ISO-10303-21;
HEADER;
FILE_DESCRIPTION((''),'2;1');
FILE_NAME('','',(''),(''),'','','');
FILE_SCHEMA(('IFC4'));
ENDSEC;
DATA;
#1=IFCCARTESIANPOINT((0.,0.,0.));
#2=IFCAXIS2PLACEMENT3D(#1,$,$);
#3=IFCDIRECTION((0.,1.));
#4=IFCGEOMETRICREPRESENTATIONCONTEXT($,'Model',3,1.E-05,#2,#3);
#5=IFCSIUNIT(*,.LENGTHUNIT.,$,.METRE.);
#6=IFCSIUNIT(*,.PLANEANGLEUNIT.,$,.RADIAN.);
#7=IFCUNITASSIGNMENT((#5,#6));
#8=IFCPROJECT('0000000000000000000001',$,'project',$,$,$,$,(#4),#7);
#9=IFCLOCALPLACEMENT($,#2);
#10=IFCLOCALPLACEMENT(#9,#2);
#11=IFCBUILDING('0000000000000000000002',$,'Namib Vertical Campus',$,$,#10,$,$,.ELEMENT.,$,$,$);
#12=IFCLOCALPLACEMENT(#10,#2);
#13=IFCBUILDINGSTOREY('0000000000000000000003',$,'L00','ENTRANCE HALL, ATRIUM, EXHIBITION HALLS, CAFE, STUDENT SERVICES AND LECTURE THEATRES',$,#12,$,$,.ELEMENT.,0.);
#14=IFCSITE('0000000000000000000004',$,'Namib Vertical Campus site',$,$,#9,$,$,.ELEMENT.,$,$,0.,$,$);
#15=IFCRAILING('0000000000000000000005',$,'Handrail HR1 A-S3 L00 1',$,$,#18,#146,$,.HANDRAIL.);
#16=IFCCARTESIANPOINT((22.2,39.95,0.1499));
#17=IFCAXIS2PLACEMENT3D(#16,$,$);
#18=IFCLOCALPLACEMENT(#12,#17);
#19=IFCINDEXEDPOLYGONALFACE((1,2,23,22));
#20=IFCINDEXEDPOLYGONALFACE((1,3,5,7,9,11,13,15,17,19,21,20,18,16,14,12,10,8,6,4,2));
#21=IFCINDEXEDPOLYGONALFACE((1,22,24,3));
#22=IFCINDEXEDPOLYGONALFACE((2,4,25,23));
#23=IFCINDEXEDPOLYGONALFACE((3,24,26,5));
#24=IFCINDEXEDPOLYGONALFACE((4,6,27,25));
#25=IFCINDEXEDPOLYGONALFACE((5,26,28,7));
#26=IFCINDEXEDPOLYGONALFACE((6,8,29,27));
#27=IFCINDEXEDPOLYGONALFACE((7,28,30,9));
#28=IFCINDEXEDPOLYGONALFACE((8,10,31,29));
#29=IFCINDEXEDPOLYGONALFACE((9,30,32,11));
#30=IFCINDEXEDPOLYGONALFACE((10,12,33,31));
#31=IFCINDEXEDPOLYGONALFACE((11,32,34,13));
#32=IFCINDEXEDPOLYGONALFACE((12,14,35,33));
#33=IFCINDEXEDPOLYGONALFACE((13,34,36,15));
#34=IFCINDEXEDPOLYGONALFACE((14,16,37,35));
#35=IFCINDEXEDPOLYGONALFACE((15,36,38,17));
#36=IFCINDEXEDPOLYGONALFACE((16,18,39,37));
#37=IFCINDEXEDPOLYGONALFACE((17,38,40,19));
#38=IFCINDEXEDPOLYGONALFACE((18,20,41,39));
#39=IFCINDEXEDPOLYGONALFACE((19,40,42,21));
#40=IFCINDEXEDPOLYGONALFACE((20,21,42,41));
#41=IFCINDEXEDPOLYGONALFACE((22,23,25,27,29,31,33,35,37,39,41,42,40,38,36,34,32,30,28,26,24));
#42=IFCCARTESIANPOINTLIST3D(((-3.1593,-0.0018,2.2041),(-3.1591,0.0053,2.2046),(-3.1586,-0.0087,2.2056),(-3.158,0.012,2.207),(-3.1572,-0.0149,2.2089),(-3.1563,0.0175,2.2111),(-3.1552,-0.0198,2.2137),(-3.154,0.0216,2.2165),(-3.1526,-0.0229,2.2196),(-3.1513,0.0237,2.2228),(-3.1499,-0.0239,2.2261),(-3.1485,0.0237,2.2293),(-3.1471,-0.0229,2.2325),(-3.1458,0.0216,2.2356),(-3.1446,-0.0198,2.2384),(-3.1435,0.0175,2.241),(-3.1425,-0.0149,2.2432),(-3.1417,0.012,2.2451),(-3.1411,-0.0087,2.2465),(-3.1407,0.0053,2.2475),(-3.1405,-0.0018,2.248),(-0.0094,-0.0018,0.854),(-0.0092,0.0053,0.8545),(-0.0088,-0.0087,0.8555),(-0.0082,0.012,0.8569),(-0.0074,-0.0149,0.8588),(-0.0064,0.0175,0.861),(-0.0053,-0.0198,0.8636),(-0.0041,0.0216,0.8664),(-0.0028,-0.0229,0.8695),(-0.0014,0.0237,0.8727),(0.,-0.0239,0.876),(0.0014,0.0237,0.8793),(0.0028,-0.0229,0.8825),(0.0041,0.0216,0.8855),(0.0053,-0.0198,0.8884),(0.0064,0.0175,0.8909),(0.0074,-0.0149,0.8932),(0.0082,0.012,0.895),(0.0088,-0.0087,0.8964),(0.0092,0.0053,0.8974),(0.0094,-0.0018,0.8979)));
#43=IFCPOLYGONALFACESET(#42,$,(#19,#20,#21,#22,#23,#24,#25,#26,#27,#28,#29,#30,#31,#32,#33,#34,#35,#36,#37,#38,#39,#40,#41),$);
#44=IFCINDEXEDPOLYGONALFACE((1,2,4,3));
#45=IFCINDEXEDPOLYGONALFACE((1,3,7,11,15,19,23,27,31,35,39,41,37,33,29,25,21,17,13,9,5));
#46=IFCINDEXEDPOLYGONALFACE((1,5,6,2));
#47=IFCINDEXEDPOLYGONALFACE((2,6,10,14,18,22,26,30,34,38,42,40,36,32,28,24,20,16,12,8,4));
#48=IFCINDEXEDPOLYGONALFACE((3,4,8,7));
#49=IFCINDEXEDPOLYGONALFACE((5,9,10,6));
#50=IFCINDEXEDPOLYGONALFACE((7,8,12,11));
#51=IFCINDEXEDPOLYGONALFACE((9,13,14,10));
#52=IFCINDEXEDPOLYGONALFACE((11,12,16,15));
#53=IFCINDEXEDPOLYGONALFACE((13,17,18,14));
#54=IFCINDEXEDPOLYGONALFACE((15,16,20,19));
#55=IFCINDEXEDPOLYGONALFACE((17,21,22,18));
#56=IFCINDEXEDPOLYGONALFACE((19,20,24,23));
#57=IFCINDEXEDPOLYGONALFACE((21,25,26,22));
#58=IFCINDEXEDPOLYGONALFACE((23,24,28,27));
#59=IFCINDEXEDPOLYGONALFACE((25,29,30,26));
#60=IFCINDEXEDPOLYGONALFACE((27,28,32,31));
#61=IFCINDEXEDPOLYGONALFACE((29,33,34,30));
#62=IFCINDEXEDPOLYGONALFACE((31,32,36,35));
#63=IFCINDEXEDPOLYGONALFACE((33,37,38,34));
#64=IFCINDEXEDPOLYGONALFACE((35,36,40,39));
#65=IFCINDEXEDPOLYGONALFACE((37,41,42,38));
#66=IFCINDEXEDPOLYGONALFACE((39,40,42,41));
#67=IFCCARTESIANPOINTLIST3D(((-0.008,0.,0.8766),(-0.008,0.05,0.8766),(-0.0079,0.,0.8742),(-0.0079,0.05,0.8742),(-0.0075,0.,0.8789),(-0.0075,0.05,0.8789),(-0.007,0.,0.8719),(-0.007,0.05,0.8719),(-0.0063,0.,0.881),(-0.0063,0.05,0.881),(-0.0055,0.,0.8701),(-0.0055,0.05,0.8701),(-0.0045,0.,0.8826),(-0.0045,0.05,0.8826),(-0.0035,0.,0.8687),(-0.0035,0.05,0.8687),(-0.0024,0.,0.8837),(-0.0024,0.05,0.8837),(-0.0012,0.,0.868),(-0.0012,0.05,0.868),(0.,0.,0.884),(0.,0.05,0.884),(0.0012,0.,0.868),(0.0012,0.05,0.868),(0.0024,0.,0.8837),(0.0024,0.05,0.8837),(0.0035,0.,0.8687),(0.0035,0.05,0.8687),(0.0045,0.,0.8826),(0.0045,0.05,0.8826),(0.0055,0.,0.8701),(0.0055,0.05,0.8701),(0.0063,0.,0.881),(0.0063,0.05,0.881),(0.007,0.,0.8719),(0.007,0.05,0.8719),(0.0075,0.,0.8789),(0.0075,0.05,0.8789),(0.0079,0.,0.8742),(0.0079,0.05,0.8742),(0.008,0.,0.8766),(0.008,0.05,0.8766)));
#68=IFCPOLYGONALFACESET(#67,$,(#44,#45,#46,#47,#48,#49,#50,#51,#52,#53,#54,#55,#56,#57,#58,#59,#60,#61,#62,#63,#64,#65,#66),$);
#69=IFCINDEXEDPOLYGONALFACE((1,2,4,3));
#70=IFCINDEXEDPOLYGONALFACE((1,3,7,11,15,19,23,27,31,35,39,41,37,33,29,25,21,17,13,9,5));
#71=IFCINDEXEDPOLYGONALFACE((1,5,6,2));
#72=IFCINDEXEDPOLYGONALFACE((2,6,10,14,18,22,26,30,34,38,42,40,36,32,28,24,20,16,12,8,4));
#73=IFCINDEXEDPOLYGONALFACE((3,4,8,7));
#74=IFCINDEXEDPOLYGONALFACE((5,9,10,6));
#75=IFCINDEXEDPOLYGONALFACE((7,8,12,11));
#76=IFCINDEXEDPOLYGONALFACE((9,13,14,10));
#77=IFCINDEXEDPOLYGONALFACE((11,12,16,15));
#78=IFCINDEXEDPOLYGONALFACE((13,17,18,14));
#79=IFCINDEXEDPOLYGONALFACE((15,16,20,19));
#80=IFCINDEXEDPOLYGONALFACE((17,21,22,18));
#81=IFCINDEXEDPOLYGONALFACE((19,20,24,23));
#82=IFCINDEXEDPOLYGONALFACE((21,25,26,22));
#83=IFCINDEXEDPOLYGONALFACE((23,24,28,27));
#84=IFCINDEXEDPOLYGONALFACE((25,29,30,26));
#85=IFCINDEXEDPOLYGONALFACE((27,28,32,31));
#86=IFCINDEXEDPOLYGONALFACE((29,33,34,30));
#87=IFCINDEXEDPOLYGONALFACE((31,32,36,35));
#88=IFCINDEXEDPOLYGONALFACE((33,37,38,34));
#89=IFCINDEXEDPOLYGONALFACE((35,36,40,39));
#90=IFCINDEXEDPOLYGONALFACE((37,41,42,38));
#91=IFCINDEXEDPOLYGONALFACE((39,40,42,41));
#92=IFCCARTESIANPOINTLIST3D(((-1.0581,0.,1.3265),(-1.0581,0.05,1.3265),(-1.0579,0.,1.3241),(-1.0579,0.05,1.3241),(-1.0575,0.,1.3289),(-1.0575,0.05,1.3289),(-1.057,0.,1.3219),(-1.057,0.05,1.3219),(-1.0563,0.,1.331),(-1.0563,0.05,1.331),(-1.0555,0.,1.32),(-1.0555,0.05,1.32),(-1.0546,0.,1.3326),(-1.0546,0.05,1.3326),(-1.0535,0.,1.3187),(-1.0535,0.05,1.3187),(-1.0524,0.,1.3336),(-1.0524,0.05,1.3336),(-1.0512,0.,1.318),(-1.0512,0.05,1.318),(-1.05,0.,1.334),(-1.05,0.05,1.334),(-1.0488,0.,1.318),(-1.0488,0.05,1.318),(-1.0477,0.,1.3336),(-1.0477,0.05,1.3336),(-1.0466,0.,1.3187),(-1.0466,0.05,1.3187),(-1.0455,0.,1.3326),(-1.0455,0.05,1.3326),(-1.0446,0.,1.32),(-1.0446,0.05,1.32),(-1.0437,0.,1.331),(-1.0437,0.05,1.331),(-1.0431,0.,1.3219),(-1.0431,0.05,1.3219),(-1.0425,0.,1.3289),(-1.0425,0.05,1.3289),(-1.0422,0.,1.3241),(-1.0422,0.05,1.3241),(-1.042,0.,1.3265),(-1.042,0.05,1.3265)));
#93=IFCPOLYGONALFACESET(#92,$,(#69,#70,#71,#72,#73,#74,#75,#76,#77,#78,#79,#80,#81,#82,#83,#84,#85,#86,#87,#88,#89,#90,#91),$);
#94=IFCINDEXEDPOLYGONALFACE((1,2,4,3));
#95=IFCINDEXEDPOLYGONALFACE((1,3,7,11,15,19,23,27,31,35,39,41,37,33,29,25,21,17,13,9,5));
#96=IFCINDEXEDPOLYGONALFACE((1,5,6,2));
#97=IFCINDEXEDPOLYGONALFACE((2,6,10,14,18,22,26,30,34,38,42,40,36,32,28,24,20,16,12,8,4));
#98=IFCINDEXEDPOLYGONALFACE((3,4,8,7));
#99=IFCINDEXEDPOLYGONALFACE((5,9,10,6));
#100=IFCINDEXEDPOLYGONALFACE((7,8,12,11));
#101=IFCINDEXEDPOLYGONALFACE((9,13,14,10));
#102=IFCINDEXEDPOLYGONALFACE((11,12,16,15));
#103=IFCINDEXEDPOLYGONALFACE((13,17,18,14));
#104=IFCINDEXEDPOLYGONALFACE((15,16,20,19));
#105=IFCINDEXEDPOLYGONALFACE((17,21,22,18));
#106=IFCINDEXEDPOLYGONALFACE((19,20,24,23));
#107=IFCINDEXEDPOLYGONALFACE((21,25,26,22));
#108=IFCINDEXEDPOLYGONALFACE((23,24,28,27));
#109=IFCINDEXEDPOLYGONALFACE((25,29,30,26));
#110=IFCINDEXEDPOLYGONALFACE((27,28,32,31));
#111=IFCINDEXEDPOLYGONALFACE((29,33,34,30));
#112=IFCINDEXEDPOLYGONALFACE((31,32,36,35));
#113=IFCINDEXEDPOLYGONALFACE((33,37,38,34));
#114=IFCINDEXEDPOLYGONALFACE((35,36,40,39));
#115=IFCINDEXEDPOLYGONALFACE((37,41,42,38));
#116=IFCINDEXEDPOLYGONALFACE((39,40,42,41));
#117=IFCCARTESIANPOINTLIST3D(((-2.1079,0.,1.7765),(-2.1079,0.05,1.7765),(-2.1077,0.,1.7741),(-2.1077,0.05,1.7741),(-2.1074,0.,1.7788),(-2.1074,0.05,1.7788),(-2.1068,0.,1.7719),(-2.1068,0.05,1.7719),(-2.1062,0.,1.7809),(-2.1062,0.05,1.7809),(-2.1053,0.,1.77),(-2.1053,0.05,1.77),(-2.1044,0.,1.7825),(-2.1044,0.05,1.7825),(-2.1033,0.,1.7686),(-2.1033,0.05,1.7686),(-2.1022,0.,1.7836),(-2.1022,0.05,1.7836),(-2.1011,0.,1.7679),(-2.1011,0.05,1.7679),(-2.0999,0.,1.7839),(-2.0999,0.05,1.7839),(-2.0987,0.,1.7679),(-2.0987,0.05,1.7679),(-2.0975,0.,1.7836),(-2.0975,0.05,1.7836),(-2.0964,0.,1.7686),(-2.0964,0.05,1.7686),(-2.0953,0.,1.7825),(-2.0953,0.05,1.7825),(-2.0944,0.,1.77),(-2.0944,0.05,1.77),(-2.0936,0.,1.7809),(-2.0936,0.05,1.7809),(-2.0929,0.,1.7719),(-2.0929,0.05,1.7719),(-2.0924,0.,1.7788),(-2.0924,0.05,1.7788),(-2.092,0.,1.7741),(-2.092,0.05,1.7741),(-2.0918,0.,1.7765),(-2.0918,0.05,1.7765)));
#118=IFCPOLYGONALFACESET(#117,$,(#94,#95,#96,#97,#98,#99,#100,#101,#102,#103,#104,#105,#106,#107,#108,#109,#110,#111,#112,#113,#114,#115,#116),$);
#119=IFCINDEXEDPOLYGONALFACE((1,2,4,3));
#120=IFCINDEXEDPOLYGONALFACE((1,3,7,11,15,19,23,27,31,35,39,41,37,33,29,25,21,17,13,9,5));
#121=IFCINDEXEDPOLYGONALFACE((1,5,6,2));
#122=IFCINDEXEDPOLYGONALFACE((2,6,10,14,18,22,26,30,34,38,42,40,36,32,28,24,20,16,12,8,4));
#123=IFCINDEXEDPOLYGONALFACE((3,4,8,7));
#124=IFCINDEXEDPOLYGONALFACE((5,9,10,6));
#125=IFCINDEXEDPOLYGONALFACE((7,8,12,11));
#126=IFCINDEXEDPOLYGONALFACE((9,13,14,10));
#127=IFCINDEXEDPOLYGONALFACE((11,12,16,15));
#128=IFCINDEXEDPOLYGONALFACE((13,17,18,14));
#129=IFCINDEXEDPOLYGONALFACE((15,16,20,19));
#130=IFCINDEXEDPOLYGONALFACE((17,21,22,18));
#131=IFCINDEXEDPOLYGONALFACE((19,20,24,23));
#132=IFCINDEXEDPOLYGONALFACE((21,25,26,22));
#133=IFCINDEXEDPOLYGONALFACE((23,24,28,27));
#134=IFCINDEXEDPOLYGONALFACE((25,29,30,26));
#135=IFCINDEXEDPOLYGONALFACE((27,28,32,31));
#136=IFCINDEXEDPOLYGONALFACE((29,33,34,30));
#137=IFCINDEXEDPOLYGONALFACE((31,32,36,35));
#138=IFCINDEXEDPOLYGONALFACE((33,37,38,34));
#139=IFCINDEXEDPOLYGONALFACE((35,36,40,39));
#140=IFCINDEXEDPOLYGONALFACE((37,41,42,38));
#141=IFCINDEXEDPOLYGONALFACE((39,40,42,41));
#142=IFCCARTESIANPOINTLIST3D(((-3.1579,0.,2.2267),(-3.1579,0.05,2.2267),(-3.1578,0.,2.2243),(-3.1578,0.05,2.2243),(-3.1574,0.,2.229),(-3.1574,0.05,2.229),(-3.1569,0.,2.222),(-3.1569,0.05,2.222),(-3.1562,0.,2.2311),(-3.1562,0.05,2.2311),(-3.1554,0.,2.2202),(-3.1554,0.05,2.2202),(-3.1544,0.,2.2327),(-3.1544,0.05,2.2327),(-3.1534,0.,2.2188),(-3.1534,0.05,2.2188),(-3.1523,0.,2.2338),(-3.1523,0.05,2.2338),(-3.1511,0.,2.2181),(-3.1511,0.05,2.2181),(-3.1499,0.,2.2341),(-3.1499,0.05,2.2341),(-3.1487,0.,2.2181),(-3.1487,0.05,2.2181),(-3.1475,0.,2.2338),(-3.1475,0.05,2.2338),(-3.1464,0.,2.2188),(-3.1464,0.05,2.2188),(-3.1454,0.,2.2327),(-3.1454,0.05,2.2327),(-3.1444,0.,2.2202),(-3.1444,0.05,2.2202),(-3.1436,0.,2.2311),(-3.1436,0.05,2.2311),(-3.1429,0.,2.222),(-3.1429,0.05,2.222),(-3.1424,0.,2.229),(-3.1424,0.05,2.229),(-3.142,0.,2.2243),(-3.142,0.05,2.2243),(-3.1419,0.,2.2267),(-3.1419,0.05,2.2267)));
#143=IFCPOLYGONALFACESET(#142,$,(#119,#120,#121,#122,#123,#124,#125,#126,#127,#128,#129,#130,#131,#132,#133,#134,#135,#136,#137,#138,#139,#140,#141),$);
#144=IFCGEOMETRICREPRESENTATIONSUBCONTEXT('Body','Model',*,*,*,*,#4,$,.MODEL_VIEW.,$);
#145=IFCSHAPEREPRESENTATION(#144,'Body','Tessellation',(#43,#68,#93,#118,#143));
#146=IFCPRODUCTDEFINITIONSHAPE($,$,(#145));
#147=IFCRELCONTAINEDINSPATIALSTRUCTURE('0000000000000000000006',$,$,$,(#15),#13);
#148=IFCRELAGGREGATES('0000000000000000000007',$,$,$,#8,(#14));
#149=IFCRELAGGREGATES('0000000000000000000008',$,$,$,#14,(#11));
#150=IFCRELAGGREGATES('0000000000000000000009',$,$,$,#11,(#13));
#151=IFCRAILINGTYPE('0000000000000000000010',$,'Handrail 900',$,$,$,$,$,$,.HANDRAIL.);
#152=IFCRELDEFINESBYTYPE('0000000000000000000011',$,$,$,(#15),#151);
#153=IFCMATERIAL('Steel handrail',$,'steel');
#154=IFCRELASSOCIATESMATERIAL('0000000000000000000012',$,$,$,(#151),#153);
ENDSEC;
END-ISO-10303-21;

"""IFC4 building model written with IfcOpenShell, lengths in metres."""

from ifc_helpers import new_model, si_unit, direction, frame, origin, origin_2d, place, context, subcontext, project, spatial, circle, extrude, material, type_object, element, save


model = new_model("IFC4")

# Units and contexts
model_context = context("Model", 3, precision=1e-05, world=origin(), true_north=direction((0.0, 1.0)))
body_context = subcontext(model_context, "Body", "Model", "MODEL_VIEW")
ifc_project = project(units=[si_unit("LENGTHUNIT", "METRE"), si_unit("PLANEANGLEUNIT", "RADIAN")], contexts=[model_context])

# Site, building, storey
site_placement = place(None, origin())
site = spatial("IfcSite", under=ifc_project, at=site_placement, Name="Namib Vertical Campus site", CompositionType="ELEMENT", RefElevation=0.0)
building_placement = place(site_placement, origin())
building = spatial("IfcBuilding", under=site, at=building_placement, Name="Namib Vertical Campus", CompositionType="ELEMENT")
storey_placement = place(building_placement, origin())
storey = spatial("IfcBuildingStorey", under=building, at=storey_placement, Name="L00", Description="ENTRANCE HALL, ATRIUM, EXHIBITION HALLS, CAFE, STUDENT SERVICES AND LECTURE THEATRES", CompositionType="ELEMENT", Elevation=0.0)

# Railing
ifc_material_1 = material(Name="Steel handrail", Category="steel")
railing_type_1 = type_object("IfcRailingType", Name="Handrail 900", PredefinedType="HANDRAIL", material=ifc_material_1)
for number, where, name in (
    (1, (22.2, 39.95, 0.1499), "Handrail HR1 A-S3 L00 1"),
):
    element("IfcRailing", number, at=place(storey_placement, frame(where)), inside=storey, type_object=railing_type_1, Name=name, PredefinedType="HANDRAIL", context=body_context, shape_type="SweptSolid", body=[
        extrude(circle(Radius=0.0239, at=origin_2d()), frame((0.0, 0.0, 0.876), z_axis=(-0.91913, 0.0, 0.393954), x_axis=(0.0, -1.0, 0.0)), (0.0, 0.0, 1.0), 3.427),
        extrude(circle(Radius=0.0081, at=origin_2d()), frame((0.0, 0.0, 0.876), z_axis=(0.0, 1.0, 0.0), x_axis=(0.0, 0.0, 1.0)), (0.0, 0.0, 1.0), 0.05),
        extrude(circle(Radius=0.0081, at=origin_2d()), frame((-1.05, 0.0, 1.3259), z_axis=(0.0, 1.0, 0.0), x_axis=(0.0, 0.0, 1.0)), (0.0, 0.0, 1.0), 0.05),
        extrude(circle(Radius=0.0081, at=origin_2d()), frame((-2.0999, 0.0, 1.7759), z_axis=(0.0, 1.0, 0.0), x_axis=(0.0, 0.0, 1.0)), (0.0, 0.0, 1.0), 0.05),
        extrude(circle(Radius=0.0081, at=origin_2d()), frame((-3.1499, 0.0, 2.2261), z_axis=(0.0, 1.0, 0.0), x_axis=(0.0, 0.0, 1.0)), (0.0, 0.0, 1.0), 0.05),
    ])

save(model, "model.ifc")
